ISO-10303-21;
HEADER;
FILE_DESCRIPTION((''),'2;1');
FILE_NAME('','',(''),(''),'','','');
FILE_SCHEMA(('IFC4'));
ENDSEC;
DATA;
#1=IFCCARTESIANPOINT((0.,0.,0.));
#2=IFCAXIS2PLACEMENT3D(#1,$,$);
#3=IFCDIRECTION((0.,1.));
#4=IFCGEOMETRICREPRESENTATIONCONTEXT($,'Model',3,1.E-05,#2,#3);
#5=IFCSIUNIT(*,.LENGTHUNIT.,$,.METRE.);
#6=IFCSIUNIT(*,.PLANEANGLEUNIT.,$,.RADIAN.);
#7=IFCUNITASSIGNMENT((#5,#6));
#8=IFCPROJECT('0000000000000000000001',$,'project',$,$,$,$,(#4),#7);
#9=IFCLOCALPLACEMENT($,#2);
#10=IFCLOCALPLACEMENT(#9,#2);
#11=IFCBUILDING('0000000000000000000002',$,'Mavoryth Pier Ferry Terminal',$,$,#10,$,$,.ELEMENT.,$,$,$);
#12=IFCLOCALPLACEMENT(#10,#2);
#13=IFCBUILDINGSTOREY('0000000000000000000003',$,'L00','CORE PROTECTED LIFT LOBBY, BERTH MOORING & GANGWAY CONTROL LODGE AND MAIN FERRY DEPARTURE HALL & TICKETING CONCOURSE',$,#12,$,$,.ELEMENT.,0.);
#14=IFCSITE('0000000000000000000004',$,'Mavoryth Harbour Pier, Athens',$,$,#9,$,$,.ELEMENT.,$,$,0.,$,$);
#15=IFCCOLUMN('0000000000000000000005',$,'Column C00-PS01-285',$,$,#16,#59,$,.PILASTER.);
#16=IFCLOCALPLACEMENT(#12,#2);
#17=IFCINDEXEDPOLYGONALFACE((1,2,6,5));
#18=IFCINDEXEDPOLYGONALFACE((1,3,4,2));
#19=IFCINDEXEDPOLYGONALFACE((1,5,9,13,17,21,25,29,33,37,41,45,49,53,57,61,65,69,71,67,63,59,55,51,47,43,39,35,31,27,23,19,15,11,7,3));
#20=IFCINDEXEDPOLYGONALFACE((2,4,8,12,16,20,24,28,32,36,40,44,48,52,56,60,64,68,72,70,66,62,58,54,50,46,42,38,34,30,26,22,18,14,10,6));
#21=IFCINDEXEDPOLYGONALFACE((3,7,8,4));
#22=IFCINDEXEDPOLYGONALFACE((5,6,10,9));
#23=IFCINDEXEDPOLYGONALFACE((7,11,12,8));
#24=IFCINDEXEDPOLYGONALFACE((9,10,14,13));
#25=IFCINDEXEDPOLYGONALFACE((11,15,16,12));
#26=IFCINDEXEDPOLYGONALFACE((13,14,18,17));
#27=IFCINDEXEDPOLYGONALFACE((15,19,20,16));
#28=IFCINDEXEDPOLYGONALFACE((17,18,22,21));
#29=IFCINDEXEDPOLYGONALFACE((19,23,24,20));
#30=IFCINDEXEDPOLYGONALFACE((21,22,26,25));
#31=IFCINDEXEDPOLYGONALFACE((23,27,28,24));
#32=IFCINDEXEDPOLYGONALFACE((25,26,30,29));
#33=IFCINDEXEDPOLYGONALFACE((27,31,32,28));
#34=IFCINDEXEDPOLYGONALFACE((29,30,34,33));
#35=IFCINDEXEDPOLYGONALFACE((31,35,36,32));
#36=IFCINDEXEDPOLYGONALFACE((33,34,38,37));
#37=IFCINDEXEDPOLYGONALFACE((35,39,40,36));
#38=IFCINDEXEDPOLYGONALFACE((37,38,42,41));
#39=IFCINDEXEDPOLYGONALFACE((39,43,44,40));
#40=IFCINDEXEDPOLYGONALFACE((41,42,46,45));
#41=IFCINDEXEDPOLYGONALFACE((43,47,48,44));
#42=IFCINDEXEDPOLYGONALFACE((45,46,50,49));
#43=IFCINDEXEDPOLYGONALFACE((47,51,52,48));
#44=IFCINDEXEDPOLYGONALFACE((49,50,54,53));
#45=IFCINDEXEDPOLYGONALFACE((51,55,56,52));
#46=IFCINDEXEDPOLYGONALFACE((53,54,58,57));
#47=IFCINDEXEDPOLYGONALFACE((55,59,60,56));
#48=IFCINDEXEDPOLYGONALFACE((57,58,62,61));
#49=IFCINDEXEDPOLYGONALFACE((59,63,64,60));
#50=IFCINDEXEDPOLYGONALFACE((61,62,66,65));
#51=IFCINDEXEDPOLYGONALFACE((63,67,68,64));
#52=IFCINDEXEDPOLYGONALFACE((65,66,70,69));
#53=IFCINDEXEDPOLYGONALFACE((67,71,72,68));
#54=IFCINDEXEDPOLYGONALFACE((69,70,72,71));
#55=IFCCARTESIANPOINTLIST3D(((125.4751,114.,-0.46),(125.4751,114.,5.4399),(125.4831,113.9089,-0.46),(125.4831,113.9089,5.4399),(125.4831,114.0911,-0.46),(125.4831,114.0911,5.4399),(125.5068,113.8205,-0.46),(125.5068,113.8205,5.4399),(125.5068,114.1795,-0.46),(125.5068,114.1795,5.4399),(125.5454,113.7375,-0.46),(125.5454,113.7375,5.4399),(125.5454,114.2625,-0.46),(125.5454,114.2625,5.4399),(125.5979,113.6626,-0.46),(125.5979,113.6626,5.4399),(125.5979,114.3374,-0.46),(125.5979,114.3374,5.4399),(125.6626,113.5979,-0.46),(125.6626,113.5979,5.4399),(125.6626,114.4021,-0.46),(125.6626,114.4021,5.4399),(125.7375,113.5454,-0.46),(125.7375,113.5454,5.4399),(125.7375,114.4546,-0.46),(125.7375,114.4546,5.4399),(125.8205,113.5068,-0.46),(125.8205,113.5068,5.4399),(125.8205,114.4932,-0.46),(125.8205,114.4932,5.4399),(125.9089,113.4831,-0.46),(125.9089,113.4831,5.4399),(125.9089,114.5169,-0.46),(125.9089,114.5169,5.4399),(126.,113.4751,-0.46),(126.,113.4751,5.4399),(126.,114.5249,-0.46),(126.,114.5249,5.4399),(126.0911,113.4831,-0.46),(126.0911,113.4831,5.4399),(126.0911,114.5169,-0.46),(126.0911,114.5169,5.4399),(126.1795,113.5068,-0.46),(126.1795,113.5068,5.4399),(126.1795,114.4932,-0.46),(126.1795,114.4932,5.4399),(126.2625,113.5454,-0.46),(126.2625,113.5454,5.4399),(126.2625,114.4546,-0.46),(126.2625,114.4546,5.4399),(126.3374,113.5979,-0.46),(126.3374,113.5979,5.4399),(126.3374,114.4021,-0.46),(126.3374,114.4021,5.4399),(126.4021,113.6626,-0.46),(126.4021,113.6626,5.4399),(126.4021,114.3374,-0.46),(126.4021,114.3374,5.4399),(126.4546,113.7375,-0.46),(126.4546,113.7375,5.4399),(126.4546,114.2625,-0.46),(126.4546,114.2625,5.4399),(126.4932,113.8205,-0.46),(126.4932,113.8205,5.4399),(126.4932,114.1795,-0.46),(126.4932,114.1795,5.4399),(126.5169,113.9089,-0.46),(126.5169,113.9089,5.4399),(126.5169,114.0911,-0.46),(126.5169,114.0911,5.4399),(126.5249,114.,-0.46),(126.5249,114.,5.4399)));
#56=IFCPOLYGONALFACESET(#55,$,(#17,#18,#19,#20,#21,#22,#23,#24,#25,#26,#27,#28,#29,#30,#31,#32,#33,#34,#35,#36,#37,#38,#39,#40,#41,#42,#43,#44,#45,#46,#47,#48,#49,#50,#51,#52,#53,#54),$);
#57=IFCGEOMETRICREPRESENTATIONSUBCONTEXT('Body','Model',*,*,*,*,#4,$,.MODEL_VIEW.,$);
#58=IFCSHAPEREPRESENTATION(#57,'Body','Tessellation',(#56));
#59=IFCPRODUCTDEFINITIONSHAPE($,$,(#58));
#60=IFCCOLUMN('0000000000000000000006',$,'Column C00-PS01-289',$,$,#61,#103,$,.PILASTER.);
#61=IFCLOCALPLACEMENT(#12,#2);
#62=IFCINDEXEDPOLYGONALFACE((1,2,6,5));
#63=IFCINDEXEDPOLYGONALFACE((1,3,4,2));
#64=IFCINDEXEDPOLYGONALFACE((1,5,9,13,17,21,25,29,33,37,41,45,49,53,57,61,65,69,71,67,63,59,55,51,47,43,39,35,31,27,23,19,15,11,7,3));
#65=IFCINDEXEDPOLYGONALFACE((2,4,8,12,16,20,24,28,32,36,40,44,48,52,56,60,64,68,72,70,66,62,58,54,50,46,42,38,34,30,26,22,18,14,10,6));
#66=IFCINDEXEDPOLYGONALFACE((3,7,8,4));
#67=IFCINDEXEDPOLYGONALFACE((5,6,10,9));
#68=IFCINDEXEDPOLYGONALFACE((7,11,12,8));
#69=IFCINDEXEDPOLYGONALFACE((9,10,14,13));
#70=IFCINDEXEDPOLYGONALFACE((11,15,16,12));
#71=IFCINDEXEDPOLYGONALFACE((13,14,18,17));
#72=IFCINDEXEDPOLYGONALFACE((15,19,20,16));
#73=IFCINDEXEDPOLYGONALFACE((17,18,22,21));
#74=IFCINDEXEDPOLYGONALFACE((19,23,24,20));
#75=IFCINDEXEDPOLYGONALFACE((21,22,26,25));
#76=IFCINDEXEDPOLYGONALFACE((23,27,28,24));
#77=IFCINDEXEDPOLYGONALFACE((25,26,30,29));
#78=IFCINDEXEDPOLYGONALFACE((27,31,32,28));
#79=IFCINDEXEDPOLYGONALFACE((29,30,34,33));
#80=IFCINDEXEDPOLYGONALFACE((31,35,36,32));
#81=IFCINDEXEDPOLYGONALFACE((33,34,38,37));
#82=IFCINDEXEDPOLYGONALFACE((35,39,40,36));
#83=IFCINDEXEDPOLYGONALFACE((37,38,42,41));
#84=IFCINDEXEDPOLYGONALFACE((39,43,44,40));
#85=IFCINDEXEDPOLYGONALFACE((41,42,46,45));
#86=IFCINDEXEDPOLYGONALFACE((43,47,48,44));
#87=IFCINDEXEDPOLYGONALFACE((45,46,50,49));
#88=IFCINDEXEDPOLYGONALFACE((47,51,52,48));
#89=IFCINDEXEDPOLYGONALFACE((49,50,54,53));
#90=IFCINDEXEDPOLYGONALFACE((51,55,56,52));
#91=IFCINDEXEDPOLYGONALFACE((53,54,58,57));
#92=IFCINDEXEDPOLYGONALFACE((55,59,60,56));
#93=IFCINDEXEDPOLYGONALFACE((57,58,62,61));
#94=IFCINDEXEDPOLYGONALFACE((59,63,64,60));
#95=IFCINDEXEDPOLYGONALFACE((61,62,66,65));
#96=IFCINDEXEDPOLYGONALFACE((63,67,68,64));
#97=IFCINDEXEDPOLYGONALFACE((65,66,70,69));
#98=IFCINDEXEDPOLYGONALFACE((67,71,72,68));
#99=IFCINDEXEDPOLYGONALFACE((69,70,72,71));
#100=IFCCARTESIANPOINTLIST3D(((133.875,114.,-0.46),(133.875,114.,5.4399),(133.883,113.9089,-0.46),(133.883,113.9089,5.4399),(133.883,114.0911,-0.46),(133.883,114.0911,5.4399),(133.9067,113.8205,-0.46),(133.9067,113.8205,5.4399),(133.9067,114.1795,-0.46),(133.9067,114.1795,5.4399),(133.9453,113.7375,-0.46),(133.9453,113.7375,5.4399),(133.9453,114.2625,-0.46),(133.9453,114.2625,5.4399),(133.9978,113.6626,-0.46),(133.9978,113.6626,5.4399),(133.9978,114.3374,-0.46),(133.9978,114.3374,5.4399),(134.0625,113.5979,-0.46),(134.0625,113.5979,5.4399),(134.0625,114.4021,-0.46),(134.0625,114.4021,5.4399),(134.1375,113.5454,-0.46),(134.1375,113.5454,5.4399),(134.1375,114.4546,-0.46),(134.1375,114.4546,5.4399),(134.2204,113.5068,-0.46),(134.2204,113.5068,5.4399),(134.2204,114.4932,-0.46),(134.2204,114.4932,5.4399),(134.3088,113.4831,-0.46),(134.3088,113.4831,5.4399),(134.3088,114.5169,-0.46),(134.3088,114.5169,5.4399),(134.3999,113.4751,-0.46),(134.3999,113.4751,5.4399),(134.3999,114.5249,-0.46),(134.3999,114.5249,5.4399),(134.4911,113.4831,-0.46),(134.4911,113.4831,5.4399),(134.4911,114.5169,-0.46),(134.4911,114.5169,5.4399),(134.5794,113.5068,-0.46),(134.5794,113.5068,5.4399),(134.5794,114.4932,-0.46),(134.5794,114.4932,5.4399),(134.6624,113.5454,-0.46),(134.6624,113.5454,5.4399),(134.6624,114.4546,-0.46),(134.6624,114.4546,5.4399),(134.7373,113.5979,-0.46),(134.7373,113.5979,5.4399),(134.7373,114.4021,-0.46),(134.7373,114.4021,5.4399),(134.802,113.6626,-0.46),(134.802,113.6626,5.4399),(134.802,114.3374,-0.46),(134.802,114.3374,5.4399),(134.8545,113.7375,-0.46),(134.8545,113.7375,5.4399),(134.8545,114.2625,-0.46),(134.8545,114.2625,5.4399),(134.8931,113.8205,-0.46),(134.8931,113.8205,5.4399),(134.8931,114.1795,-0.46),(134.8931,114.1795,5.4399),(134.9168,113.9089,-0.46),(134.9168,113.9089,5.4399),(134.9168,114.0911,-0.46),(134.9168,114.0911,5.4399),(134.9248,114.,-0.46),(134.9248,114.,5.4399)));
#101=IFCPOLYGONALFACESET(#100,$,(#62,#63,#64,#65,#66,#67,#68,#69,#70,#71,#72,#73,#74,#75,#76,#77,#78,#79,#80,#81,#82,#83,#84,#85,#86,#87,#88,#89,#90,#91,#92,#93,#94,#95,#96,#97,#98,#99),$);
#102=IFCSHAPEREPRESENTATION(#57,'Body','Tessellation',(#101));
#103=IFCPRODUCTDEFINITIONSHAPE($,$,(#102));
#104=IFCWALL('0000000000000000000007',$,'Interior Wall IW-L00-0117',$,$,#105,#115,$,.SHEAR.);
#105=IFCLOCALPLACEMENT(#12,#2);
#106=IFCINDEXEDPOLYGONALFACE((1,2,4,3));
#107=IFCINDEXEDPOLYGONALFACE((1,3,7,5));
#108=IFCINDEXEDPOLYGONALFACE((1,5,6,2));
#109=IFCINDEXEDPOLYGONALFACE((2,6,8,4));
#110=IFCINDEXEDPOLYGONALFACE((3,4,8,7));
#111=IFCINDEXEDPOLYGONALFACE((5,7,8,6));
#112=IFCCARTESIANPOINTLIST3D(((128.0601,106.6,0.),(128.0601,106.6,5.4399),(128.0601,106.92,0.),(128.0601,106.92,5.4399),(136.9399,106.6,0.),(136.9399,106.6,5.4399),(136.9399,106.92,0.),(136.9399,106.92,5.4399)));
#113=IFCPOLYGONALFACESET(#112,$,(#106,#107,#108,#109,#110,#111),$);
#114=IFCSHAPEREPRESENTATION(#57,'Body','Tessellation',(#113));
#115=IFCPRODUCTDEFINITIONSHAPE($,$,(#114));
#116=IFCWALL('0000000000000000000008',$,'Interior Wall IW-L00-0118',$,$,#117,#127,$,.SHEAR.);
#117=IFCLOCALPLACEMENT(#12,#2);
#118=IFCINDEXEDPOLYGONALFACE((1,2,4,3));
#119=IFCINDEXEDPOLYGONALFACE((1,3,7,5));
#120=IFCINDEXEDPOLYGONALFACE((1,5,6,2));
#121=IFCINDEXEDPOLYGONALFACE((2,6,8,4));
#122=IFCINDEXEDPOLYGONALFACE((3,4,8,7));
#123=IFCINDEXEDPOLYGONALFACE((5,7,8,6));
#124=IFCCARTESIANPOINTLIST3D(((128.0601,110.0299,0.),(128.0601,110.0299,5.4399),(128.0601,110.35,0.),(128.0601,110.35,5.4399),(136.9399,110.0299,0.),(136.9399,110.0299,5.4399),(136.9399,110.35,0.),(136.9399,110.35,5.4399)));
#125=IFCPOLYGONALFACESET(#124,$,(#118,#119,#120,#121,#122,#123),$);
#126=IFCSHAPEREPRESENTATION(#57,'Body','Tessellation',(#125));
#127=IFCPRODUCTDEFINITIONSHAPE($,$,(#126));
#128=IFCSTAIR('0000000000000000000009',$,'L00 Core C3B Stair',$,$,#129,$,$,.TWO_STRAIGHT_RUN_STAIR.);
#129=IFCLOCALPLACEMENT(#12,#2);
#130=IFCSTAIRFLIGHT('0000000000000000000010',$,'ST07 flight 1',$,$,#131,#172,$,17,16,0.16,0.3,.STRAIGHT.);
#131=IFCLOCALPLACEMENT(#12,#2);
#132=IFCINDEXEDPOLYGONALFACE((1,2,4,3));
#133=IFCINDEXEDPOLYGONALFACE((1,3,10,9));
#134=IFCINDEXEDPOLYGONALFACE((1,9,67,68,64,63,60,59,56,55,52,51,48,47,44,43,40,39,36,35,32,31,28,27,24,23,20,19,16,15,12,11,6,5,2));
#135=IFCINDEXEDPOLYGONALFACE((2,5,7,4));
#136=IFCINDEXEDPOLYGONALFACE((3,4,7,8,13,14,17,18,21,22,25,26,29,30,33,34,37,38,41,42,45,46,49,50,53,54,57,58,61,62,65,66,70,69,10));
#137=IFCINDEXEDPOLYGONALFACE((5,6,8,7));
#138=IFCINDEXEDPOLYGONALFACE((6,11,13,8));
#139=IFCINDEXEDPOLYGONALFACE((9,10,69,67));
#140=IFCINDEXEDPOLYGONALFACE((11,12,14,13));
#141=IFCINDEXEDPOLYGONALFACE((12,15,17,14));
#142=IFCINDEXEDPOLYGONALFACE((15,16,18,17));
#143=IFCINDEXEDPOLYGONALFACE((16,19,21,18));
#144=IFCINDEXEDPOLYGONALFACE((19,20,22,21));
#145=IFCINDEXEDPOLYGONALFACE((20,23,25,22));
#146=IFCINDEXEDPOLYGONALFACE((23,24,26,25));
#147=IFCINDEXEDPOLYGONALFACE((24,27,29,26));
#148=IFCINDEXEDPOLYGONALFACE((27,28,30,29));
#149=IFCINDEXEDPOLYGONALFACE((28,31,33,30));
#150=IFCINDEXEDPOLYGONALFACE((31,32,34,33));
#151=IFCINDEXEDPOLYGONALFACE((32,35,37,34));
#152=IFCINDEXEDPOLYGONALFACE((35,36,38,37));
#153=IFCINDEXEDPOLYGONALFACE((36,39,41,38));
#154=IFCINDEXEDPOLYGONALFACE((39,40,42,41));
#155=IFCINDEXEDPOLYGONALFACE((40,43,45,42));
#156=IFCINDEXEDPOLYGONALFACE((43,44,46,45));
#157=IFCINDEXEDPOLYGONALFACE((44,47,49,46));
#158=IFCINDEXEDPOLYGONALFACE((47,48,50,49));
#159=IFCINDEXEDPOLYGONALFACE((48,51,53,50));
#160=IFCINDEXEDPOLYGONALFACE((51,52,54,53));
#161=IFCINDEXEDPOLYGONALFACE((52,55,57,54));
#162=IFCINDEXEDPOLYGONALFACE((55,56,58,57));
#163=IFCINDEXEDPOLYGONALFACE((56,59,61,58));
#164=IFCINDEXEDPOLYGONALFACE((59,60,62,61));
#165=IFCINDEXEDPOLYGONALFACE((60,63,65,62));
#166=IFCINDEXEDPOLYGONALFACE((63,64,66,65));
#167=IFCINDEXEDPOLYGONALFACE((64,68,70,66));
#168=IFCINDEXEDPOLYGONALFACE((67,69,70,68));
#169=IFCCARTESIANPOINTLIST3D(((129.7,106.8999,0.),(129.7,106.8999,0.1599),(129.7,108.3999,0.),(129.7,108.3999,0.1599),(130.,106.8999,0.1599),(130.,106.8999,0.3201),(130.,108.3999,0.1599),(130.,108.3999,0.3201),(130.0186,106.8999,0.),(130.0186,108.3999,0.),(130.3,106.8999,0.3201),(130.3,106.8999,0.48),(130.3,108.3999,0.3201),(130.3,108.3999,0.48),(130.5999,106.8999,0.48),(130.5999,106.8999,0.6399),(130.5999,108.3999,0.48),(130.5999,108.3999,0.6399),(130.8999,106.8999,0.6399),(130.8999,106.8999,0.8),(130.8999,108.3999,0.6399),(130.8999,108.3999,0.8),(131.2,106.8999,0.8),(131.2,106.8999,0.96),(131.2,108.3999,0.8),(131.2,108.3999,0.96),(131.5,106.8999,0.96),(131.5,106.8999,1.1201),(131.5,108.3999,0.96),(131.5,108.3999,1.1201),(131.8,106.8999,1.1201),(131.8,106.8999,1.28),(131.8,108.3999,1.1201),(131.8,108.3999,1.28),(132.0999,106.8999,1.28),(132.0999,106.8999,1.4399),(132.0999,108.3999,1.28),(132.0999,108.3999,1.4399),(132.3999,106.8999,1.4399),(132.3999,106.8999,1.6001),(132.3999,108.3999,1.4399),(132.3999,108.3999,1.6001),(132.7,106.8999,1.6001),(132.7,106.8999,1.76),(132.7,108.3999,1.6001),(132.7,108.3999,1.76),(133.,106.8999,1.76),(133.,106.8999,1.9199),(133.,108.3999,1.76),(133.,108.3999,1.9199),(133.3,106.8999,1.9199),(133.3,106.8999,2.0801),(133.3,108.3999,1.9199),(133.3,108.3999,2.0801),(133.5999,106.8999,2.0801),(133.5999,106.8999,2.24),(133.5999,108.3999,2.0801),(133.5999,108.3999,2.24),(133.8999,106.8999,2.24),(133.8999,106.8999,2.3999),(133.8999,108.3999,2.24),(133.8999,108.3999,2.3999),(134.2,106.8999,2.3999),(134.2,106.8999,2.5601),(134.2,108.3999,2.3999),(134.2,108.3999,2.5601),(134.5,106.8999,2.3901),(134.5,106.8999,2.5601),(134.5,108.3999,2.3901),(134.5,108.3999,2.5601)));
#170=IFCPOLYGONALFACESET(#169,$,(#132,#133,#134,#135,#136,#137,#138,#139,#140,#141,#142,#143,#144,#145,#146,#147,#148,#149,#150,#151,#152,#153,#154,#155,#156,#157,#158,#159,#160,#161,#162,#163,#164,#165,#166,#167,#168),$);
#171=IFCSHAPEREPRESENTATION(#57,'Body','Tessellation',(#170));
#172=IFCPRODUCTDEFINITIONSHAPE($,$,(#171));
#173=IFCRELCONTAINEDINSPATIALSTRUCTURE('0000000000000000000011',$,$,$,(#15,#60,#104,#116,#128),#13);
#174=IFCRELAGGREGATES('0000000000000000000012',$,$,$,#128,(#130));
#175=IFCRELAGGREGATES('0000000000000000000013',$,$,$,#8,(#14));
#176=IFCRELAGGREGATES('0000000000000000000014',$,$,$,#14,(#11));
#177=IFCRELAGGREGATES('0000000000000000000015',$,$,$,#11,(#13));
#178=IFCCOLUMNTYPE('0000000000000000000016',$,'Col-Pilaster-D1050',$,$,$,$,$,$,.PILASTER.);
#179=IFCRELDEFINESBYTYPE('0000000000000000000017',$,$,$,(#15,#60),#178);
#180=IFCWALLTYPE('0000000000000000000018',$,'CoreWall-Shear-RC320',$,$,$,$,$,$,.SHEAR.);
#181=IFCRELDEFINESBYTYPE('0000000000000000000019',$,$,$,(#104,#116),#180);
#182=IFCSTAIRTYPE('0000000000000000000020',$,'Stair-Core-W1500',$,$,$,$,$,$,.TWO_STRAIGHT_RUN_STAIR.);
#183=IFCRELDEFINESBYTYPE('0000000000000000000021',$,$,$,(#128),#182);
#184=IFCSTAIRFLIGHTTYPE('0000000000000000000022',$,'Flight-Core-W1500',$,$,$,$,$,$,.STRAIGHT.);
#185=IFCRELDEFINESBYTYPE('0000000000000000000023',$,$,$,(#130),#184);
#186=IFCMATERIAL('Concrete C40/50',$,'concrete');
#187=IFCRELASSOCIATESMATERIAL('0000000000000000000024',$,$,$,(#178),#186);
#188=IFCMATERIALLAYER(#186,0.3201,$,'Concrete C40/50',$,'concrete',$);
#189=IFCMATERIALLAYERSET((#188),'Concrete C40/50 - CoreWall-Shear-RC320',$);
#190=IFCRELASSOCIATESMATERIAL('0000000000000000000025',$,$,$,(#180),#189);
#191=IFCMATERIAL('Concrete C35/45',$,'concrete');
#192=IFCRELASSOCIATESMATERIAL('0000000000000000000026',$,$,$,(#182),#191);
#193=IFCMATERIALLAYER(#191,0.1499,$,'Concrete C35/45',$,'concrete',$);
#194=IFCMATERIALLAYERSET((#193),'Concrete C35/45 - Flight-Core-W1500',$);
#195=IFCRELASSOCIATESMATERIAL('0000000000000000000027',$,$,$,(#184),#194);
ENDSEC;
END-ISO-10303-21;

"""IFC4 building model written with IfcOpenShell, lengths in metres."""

from ifc_helpers import new_model, si_unit, direction, frame, frame_2d, origin, origin_2d, place, context, subcontext, project, spatial, polyline, rectangle, circle, outline, extrude, material, layer, layer_set, material_profile, profile_set, type_object, element, aggregate, save


model = new_model("IFC4")

# Units and contexts
model_context = context("Model", 3, precision=1e-05, world=origin(), true_north=direction((0.0, 1.0)))
body_context = subcontext(model_context, "Body", "Model", "MODEL_VIEW")
ifc_project = project(units=[si_unit("LENGTHUNIT", "METRE"), si_unit("PLANEANGLEUNIT", "RADIAN")], contexts=[model_context])

# Site, building, storey
site_placement = place(None, origin())
site = spatial("IfcSite", under=ifc_project, at=site_placement, Name="Mavoryth Harbour Pier, Athens", CompositionType="ELEMENT", RefElevation=0.0)
building_placement = place(site_placement, origin())
building = spatial("IfcBuilding", under=site, at=building_placement, Name="Mavoryth Pier Ferry Terminal", CompositionType="ELEMENT")
storey_placement = place(building_placement, origin())
storey = spatial("IfcBuildingStorey", under=building, at=storey_placement, Name="L00", Description="CORE PROTECTED LIFT LOBBY, BERTH MOORING & GANGWAY CONTROL LODGE AND MAIN FERRY DEPARTURE HALL & TICKETING CONCOURSE", CompositionType="ELEMENT", Elevation=0.0)

# Shared definitions
ifc_material_1 = material(Name="Concrete C35/45", Category="concrete")

# Columns
ifc_material_2 = material(Name="Concrete C40/50", Category="concrete")
ifc_material_profile_1 = material_profile(ifc_material_2, circle(Radius=0.5249, at=origin_2d()), Name="RC D1050", Category="concrete")
ifc_profile_set_1 = profile_set([ifc_material_profile_1], Name="Concrete C40/50 - RC D1050")
column_type = type_object("IfcColumnType", Name="Col-Pilaster-D1050", PredefinedType="PILASTER", material=ifc_profile_set_1)
for number, where, z_axis, x_axis, name in (
    (1, (126.0, 114.0, -0.46), (0.0, 0.0, 1.0), (1.0, 0.0, 0.0), "Column C00-PS01-285"),
    (2, (134.3999, 114.0, -0.46), (0.0, 0.0, 1.0), (1.0, 0.0, 0.0), "Column C00-PS01-289"),
):
    element("IfcColumn", number, at=place(storey_placement, frame(where, z_axis=z_axis, x_axis=x_axis)), inside=storey, type_object=column_type, Name=name, PredefinedType="PILASTER", context=body_context, shape_type="SweptSolid", body=[
        extrude(circle(Radius=0.5249, at=origin_2d()), origin(), (0.0, 0.0, 1.0), 5.8999),
    ])

# Walls
ifc_layer_1 = layer(ifc_material_2, 0.3201, Name="Concrete C40/50", Category="concrete")
ifc_layer_set_1 = layer_set([ifc_layer_1], Name="Concrete C40/50 - CoreWall-Shear-RC320")
wall_type = type_object("IfcWallType", Name="CoreWall-Shear-RC320", PredefinedType="SHEAR", material=ifc_layer_set_1)
for number, where, z_axis, x_axis, name in (
    (3, (128.0601, 106.76, 0.0), (0.0, 0.0, 1.0), (1.0, 0.0, 0.0), "Interior Wall IW-L00-0117"),
    (4, (128.0601, 110.1899, 0.0), (0.0, 0.0, 1.0), (1.0, 0.0, 0.0), "Interior Wall IW-L00-0118"),
):
    element("IfcWall", number, at=place(storey_placement, frame(where, z_axis=z_axis, x_axis=x_axis)), inside=storey, type_object=wall_type, Name=name, PredefinedType="SHEAR", context=body_context, shape_type="SweptSolid", body=[
        extrude(rectangle(XDim=8.8799, YDim=0.3201, at=frame_2d((4.4399, 0.0))), origin(), (0.0, 0.0, 1.0), 5.4399),
    ])

# Stair, stair flight
stair_type = type_object("IfcStairType", Name="Stair-Core-W1500", PredefinedType="TWO_STRAIGHT_RUN_STAIR", material=ifc_material_1)
stair_placement = place(storey_placement, origin())
stair = element("IfcStair", 5, at=stair_placement, inside=storey, type_object=stair_type, Name="L00 Core C3B Stair", PredefinedType="TWO_STRAIGHT_RUN_STAIR")
ifc_layer_2 = layer(ifc_material_1, 0.1499, Name="Concrete C35/45", Category="concrete")
ifc_layer_set_2 = layer_set([ifc_layer_2], Name="Concrete C35/45 - Flight-Core-W1500")
stair_flight_type = type_object("IfcStairFlightType", Name="Flight-Core-W1500", PredefinedType="STRAIGHT", material=ifc_layer_set_2)
stair_flight_1_placement = place(storey_placement, frame((129.7, 107.6499, 0.0), z_axis=(0.0, 0.0, 1.0), x_axis=(1.0, 0.0, 0.0)))
stair_flight_1 = element("IfcStairFlight", 6, at=stair_flight_1_placement, type_object=stair_flight_type, Name="ST07 flight 1", NumberOfRisers=17, NumberOfTreads=16, PredefinedType="STRAIGHT", RiserHeight=0.16, TreadLength=0.3, context=body_context, shape_type="SweptSolid", body=[
    extrude(outline(polyline([(0.0, 0.0), (0.0, 0.1599), (0.3, 0.1599), (0.3, 0.3201), (0.6001, 0.3201), (0.6001, 0.48), (0.8999, 0.48), (0.8999, 0.6399), (1.2, 0.6399), (1.2, 0.8), (1.5, 0.8), (1.5, 0.96), (1.8, 0.96), (1.8, 1.1201), (2.1001, 1.1201), (2.1001, 1.28), (2.3999, 1.28), (2.3999, 1.4399), (2.7, 1.4399), (2.7, 1.6001), (3.0, 1.6001), (3.0, 1.76), (3.3, 1.76), (3.3, 1.9199), (3.6001, 1.9199), (3.6001, 2.0801), (3.8999, 2.0801), (3.8999, 2.24), (4.2, 2.24), (4.2, 2.3999), (4.5, 2.3999), (4.5, 2.5601), (4.8, 2.5601), (4.8, 2.72), (4.8, 2.3901), (0.3186, 0.0), (0.0, 0.0)])), frame((0.0, 0.75, 0.0), z_axis=(0.0, -1.0, 0.0), x_axis=(1.0, 0.0, 0.0)), (0.0, 0.0, 1.0), 1.5),
])
aggregate(stair, [stair_flight_1])

save(model, "model.ifc")
